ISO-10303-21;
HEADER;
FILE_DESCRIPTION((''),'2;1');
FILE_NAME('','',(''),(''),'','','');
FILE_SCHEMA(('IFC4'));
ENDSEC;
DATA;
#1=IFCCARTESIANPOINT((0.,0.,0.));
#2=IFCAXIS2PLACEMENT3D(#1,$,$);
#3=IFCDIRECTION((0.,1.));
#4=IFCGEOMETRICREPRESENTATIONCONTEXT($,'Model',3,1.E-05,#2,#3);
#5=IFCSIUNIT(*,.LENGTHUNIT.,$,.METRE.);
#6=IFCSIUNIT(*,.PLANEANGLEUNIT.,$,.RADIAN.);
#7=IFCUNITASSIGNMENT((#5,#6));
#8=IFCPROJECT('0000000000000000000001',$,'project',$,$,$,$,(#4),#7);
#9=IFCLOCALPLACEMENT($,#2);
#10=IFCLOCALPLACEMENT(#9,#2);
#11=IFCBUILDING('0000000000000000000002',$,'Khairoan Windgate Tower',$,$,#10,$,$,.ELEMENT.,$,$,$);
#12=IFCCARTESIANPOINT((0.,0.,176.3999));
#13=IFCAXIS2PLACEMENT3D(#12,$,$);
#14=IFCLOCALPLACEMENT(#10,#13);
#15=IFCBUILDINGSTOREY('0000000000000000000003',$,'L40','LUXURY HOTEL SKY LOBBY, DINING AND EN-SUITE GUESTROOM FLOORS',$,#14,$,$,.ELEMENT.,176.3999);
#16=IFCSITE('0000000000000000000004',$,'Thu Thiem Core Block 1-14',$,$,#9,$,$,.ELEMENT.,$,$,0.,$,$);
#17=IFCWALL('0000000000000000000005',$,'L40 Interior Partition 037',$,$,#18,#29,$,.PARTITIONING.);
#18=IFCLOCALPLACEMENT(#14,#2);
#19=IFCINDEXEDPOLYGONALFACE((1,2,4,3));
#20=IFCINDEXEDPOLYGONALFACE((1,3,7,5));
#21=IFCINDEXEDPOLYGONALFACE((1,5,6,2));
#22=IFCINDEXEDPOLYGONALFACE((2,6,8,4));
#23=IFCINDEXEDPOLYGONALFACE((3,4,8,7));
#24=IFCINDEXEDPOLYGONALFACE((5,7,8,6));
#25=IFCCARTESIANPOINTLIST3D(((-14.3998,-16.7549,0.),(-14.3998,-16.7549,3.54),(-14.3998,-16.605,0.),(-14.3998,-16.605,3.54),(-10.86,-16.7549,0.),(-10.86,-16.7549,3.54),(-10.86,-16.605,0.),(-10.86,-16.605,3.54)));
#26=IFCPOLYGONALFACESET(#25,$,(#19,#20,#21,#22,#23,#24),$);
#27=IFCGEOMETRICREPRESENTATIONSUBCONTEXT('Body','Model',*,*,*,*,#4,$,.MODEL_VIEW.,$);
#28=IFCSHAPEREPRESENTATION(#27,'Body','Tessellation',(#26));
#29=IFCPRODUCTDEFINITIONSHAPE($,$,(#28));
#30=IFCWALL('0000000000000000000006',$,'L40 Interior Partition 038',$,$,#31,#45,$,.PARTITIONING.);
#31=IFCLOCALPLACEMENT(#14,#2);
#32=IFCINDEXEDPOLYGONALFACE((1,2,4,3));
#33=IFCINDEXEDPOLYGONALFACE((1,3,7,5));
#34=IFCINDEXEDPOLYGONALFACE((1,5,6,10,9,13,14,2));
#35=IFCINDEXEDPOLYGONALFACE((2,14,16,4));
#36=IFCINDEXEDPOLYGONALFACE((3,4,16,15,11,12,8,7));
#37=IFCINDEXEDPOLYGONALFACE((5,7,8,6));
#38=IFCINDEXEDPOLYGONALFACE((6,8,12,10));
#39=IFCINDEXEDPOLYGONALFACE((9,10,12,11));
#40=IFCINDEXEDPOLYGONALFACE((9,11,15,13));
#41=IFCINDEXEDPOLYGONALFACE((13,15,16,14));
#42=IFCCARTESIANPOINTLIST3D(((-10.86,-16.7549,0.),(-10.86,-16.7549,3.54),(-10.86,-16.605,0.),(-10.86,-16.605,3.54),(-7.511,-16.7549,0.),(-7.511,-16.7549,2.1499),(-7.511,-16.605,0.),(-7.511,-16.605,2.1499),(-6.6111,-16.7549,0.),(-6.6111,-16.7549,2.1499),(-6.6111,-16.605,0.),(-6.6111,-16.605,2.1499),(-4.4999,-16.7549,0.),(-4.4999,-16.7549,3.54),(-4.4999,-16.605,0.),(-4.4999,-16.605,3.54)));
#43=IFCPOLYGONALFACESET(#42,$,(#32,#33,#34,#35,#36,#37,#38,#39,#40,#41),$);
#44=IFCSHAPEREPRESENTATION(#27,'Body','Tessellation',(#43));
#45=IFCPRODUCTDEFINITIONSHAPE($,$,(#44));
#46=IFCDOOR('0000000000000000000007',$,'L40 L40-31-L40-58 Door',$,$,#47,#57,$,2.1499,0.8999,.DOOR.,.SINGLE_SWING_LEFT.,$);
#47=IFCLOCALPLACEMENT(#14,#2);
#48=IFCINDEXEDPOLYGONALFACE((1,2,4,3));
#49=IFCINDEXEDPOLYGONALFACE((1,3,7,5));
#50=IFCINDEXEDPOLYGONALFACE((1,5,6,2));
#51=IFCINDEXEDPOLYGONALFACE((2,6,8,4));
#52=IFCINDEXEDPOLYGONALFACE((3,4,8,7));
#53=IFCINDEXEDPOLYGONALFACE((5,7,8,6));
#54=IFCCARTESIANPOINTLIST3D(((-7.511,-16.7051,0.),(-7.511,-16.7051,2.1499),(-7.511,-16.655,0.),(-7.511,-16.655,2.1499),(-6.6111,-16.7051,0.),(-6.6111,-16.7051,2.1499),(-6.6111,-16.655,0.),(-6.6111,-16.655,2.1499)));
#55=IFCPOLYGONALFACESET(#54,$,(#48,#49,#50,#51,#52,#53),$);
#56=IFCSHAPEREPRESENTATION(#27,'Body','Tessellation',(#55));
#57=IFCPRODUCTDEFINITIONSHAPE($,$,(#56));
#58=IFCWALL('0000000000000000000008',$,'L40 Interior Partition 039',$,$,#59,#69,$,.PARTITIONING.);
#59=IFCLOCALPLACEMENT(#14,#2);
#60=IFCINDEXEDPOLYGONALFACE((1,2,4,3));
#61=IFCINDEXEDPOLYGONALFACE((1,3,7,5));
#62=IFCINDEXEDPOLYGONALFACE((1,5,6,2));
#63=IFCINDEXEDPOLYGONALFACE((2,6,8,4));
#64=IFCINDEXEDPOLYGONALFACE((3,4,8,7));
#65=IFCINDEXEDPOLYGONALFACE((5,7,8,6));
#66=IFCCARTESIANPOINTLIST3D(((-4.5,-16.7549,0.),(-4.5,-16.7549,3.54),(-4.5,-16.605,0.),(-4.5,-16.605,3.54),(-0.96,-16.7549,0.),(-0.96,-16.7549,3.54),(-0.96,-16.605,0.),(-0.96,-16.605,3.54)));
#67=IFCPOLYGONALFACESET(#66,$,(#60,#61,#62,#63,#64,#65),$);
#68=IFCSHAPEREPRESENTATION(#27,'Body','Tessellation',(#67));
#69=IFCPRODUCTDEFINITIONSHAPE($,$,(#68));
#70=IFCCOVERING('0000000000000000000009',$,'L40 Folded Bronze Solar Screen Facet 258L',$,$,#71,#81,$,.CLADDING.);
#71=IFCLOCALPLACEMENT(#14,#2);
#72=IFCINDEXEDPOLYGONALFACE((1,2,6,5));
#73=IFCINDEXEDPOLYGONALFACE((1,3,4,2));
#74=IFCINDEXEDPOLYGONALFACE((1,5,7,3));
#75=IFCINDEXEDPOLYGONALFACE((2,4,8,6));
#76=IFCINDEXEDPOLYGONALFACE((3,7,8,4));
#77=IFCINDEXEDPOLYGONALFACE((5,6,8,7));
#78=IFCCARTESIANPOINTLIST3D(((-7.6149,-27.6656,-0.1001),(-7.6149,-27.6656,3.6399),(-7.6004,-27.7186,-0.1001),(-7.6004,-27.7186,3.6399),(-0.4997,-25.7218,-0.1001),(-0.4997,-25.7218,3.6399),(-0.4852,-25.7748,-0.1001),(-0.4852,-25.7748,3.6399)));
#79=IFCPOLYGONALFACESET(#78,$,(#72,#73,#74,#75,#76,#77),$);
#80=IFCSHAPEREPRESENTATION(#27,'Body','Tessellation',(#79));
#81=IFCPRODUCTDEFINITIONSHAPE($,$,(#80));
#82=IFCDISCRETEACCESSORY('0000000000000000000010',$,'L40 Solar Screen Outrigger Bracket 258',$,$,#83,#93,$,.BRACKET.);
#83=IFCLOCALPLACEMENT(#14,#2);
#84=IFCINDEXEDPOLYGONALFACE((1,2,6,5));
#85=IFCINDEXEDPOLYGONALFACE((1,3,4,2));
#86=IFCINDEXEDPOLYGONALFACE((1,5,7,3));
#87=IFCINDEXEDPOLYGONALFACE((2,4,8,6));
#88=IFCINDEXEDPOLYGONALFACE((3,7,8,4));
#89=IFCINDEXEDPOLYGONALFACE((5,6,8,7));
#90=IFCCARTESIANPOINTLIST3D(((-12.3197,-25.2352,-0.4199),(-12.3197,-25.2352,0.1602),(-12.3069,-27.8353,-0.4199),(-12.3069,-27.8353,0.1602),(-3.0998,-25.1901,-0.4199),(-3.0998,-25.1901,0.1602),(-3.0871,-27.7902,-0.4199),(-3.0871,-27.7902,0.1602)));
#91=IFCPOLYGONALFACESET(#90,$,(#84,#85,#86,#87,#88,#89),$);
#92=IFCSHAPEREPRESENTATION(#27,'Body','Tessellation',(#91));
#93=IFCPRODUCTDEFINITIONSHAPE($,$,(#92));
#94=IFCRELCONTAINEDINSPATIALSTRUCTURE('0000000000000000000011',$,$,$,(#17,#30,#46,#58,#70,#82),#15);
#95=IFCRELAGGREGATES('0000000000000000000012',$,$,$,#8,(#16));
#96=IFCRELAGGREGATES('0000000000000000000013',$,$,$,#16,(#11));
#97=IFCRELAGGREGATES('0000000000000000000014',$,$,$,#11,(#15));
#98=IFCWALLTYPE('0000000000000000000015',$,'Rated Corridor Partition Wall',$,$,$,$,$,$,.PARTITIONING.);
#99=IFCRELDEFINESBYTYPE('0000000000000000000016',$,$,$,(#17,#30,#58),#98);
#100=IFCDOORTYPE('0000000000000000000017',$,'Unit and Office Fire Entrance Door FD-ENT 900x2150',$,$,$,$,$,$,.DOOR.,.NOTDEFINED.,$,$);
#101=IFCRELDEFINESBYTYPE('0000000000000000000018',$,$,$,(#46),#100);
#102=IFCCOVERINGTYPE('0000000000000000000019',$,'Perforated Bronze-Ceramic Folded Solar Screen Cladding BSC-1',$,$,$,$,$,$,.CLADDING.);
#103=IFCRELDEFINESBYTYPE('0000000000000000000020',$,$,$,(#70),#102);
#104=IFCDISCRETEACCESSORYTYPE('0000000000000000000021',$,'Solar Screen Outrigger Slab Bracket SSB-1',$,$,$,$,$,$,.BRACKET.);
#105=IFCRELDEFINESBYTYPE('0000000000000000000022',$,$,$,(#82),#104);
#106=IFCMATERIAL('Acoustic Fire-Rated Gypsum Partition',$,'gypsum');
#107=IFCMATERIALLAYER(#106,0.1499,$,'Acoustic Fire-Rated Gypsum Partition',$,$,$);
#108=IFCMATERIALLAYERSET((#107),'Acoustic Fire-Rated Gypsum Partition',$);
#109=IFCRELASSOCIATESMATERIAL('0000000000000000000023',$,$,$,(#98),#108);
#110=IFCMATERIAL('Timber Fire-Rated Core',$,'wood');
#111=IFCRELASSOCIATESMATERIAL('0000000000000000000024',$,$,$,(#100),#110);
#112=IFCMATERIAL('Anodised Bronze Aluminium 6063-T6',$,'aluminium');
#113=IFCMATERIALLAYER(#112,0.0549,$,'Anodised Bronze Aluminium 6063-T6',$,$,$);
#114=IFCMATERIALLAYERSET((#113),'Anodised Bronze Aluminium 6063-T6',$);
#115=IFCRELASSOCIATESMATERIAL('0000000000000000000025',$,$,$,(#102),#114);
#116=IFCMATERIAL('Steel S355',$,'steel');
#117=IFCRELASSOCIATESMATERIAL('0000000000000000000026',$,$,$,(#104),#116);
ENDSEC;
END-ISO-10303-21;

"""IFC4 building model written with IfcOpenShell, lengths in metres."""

from ifc_helpers import new_model, si_unit, direction, frame, frame_2d, origin, origin_2d, place, context, subcontext, project, spatial, rectangle, extrude, material, layer, layer_set, type_object, element, fill, save


model = new_model("IFC4")

# Units and contexts
model_context = context("Model", 3, precision=1e-05, world=origin(), true_north=direction((0.0, 1.0)))
body_context = subcontext(model_context, "Body", "Model", "MODEL_VIEW")
ifc_project = project(units=[si_unit("LENGTHUNIT", "METRE"), si_unit("PLANEANGLEUNIT", "RADIAN")], contexts=[model_context])

# Site, building, storey
site_placement = place(None, origin())
site = spatial("IfcSite", under=ifc_project, at=site_placement, Name="Thu Thiem Core Block 1-14", CompositionType="ELEMENT", RefElevation=0.0)
building_placement = place(site_placement, origin())
building = spatial("IfcBuilding", under=site, at=building_placement, Name="Khairoan Windgate Tower", CompositionType="ELEMENT")
storey_placement = place(building_placement, frame((0.0, 0.0, 176.3999)))
storey = spatial("IfcBuildingStorey", under=building, at=storey_placement, Name="L40", Description="LUXURY HOTEL SKY LOBBY, DINING AND EN-SUITE GUESTROOM FLOORS", CompositionType="ELEMENT", Elevation=176.3999)

# Shared definitions
ifc_material_1 = material(Name="Acoustic Fire-Rated Gypsum Partition", Category="gypsum")
ifc_layer_1 = layer(ifc_material_1, 0.1499, Name="Acoustic Fire-Rated Gypsum Partition")
ifc_layer_set_1 = layer_set([ifc_layer_1], Name="Acoustic Fire-Rated Gypsum Partition")
wall_type_1 = type_object("IfcWallType", Name="Rated Corridor Partition Wall", PredefinedType="PARTITIONING", material=ifc_layer_set_1)
ifc_material_2 = material(Name="Timber Fire-Rated Core", Category="wood")
door_type_1 = type_object("IfcDoorType", Name="Unit and Office Fire Entrance Door FD-ENT 900x2150", OperationType="NOTDEFINED", PredefinedType="DOOR", material=ifc_material_2)

# Wall
wall_1_placement = place(storey_placement, frame((-14.3999, -16.6799, 0.0), z_axis=(0.0, 0.0, 1.0), x_axis=(1.0, 0.0, 0.0)))
element("IfcWall", 1, at=wall_1_placement, inside=storey, type_object=wall_type_1, Name="L40 Interior Partition 037", PredefinedType="PARTITIONING", context=body_context, shape_type="SweptSolid", body=[
    extrude(rectangle(XDim=3.5398, YDim=0.1499, at=frame_2d((1.77, 0.0))), origin(), (0.0, 0.0, 1.0), 3.54),
])

# Wall, opening, door
wall_2_placement = place(storey_placement, frame((-10.8601, -16.6799, 0.0), z_axis=(0.0, 0.0, 1.0), x_axis=(1.0, 0.0, 0.0)))
wall_2 = element("IfcWall", 2, at=wall_2_placement, inside=storey, type_object=wall_type_1, Name="L40 Interior Partition 038", PredefinedType="PARTITIONING", context=body_context, shape_type="SweptSolid", body=[
    extrude(rectangle(XDim=6.3601, YDim=0.1499, at=frame_2d((3.1802, 0.0))), origin(), (0.0, 0.0, 1.0), 3.54),
])
opening_1_placement = place(wall_2_placement, frame((3.3491, 0.0, 0.0)))
opening_1 = element("IfcOpeningElement", 3, at=opening_1_placement, cuts=wall_2, PredefinedType="OPENING", context=body_context, shape_type="SweptSolid", body=[
    extrude(rectangle(XDim=0.8999, YDim=2.1499, at=frame_2d((0.45, 1.075))), frame((0.0, 0.085, 0.0), z_axis=(0.0, -1.0, 0.0), x_axis=(1.0, 0.0, 0.0)), (0.0, 0.0, 1.0), 0.1699),
])
door_1_placement = place(opening_1_placement, origin())
door_1 = element("IfcDoor", 4, at=door_1_placement, inside=storey, type_object=door_type_1, Name="L40 L40-31-L40-58 Door", OperationType="SINGLE_SWING_LEFT", OverallHeight=2.1499, OverallWidth=0.8999, PredefinedType="DOOR", context=body_context, shape_type="SweptSolid", body=[
    extrude(rectangle(XDim=0.8999, YDim=2.1499, at=frame_2d((0.45, 1.075))), frame((0.0, 0.0249, 0.0), z_axis=(0.0, -1.0, 0.0), x_axis=(1.0, 0.0, 0.0)), (0.0, 0.0, 1.0), 0.05),
])
fill(opening_1, door_1)

# Wall
wall_3_placement = place(storey_placement, frame((-4.5, -16.6799, 0.0), z_axis=(0.0, 0.0, 1.0), x_axis=(1.0, 0.0, 0.0)))
element("IfcWall", 5, at=wall_3_placement, inside=storey, type_object=wall_type_1, Name="L40 Interior Partition 039", PredefinedType="PARTITIONING", context=body_context, shape_type="SweptSolid", body=[
    extrude(rectangle(XDim=3.54, YDim=0.1499, at=frame_2d((1.77, 0.0))), origin(), (0.0, 0.0, 1.0), 3.54),
])

# Covering
ifc_material_3 = material(Name="Anodised Bronze Aluminium 6063-T6", Category="aluminium")
ifc_layer_2 = layer(ifc_material_3, 0.0549, Name="Anodised Bronze Aluminium 6063-T6")
ifc_layer_set_2 = layer_set([ifc_layer_2], Name="Anodised Bronze Aluminium 6063-T6")
covering_type = type_object("IfcCoveringType", Name="Perforated Bronze-Ceramic Folded Solar Screen Cladding BSC-1", PredefinedType="CLADDING", material=ifc_layer_set_2)
covering_placement = place(storey_placement, frame((-4.05, -26.7202, -0.1001), z_axis=(0.0, 0.0, 1.0), x_axis=(-0.964649, -0.263536, 0.0)))
element("IfcCovering", 6, at=covering_placement, inside=storey, type_object=covering_type, Name="L40 Folded Bronze Solar Screen Facet 258L", PredefinedType="CLADDING", context=body_context, shape_type="SweptSolid", body=[
    extrude(rectangle(XDim=7.376, YDim=0.0549, at=origin_2d()), origin(), (0.0, 0.0, 1.0), 3.74),
])

# Discrete accessory
ifc_material_4 = material(Name="Steel S355", Category="steel")
discrete_accessory_type = type_object("IfcDiscreteAccessoryType", Name="Solar Screen Outrigger Slab Bracket SSB-1", PredefinedType="BRACKET", material=ifc_material_4)
discrete_accessory_placement = place(storey_placement, frame((-7.7034, -26.5127, -0.4199), z_axis=(0.0, 0.0, 1.0), x_axis=(-0.999988, -0.004887, 0.0)))
element("IfcDiscreteAccessory", 7, at=discrete_accessory_placement, inside=storey, type_object=discrete_accessory_type, Name="L40 Solar Screen Outrigger Bracket 258", PredefinedType="BRACKET", context=body_context, shape_type="SweptSolid", body=[
    extrude(rectangle(XDim=9.22, YDim=2.6001, at=origin_2d()), origin(), (0.0, 0.0, 1.0), 0.5801),
])

save(model, "model.ifc")
